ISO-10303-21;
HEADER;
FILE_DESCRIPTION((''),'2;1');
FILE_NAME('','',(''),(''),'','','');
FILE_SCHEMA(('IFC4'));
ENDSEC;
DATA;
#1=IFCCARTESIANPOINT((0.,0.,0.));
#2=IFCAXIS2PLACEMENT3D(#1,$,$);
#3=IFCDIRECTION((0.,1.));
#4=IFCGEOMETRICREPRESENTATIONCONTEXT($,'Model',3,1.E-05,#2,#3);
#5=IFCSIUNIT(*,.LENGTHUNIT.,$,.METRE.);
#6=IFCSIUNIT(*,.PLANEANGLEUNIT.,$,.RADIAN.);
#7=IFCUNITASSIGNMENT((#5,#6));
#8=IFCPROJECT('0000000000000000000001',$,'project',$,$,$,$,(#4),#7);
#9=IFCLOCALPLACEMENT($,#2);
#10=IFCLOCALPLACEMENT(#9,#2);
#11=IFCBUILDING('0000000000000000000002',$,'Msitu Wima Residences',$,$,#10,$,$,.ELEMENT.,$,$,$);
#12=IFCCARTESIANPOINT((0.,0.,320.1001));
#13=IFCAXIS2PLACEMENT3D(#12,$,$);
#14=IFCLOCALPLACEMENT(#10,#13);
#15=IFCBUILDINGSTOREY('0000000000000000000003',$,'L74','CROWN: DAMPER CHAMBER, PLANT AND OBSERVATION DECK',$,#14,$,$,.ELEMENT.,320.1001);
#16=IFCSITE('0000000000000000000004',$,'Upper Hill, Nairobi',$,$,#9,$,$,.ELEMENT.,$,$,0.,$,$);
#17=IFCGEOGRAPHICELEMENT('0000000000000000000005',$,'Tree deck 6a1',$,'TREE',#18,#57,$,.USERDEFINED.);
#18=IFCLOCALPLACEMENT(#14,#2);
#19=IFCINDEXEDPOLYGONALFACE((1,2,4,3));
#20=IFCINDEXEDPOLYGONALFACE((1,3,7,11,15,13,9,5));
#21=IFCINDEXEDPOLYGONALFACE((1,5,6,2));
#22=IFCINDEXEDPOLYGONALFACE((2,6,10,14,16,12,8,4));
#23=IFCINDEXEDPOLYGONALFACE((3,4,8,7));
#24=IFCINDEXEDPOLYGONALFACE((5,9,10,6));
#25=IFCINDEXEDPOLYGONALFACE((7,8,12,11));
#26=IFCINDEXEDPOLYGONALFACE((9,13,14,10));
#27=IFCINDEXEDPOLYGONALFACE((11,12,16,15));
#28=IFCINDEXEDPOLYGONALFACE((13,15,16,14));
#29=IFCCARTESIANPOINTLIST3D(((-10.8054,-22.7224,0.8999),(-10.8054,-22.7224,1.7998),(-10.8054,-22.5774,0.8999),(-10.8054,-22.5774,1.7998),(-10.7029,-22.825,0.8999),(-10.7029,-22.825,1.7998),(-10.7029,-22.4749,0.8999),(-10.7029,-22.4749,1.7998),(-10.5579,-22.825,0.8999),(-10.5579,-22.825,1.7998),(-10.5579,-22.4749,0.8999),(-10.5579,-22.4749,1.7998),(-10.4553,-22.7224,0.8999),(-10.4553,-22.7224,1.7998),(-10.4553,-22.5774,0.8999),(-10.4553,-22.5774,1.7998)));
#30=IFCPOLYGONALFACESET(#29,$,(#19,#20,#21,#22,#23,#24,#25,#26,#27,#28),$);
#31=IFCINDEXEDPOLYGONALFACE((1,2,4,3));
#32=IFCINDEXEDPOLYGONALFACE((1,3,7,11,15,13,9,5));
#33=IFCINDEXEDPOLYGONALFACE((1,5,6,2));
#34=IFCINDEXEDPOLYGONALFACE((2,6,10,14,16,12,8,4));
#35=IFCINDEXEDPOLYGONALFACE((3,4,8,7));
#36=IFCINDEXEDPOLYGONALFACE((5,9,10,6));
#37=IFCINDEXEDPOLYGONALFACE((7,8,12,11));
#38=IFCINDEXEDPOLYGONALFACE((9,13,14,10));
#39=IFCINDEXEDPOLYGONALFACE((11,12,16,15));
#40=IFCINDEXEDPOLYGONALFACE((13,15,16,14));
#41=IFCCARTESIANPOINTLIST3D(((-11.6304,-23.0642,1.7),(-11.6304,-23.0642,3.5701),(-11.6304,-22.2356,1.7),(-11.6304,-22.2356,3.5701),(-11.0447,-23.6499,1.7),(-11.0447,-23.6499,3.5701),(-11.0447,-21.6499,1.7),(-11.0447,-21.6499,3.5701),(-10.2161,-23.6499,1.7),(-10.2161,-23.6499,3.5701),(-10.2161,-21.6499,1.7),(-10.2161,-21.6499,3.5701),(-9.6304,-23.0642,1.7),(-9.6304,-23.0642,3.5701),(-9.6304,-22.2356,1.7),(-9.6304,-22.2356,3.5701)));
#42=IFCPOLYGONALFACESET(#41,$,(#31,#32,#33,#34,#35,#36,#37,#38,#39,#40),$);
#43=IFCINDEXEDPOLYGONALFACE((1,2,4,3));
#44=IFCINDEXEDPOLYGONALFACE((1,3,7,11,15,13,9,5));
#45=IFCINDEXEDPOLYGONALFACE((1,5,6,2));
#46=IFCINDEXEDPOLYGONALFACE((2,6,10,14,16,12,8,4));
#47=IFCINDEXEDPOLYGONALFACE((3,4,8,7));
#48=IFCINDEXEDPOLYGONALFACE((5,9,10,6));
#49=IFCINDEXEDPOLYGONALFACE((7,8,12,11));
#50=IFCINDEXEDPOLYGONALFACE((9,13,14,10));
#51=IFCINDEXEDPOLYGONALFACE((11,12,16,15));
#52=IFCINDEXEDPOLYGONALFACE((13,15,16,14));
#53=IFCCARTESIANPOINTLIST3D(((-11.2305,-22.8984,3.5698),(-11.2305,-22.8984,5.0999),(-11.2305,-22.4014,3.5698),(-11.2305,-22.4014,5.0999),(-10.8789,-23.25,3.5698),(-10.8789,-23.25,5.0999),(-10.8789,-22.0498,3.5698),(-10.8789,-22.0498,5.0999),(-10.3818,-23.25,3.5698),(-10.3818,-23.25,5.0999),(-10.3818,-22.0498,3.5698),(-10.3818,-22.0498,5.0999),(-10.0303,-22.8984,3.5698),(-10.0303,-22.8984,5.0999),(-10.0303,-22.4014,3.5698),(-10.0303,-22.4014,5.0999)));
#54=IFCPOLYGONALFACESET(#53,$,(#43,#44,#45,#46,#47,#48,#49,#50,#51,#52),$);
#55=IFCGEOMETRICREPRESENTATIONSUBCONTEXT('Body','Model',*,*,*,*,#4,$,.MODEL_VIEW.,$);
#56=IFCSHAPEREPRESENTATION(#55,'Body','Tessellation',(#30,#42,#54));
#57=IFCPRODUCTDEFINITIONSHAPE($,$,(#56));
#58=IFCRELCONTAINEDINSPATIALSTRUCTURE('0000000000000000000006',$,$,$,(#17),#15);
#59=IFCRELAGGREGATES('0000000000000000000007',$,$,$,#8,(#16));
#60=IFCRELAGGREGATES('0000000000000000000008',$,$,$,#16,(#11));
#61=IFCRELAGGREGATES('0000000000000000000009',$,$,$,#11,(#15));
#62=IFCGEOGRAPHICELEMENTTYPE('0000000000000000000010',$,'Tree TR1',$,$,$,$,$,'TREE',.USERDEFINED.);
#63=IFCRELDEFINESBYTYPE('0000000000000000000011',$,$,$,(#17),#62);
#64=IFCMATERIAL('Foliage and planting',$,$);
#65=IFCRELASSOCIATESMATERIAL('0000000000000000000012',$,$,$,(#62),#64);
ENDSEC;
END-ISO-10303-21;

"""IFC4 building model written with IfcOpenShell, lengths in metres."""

from ifc_helpers import new_model, si_unit, direction, frame, origin, place, context, subcontext, project, spatial, polyline, outline, extrude, material, type_object, element, save


model = new_model("IFC4")

# Units and contexts
model_context = context("Model", 3, precision=1e-05, world=origin(), true_north=direction((0.0, 1.0)))
body_context = subcontext(model_context, "Body", "Model", "MODEL_VIEW")
ifc_project = project(units=[si_unit("LENGTHUNIT", "METRE"), si_unit("PLANEANGLEUNIT", "RADIAN")], contexts=[model_context])

# Site, building, storey
site_placement = place(None, origin())
site = spatial("IfcSite", under=ifc_project, at=site_placement, Name="Upper Hill, Nairobi", CompositionType="ELEMENT", RefElevation=0.0)
building_placement = place(site_placement, origin())
building = spatial("IfcBuilding", under=site, at=building_placement, Name="Msitu Wima Residences", CompositionType="ELEMENT")
storey_placement = place(building_placement, frame((0.0, 0.0, 320.1001)))
storey = spatial("IfcBuildingStorey", under=building, at=storey_placement, Name="L74", Description="CROWN: DAMPER CHAMBER, PLANT AND OBSERVATION DECK", CompositionType="ELEMENT", Elevation=320.1001)

# Geographic element
ifc_material_1 = material(Name="Foliage and planting")
geographic_element_type = type_object("IfcGeographicElementType", Name="Tree TR1", ElementType="TREE", PredefinedType="USERDEFINED", material=ifc_material_1)
geographic_element_placement = place(storey_placement, frame((-10.6304, -22.6499, 0.8999), z_axis=(0.0, 0.0, 1.0), x_axis=(1.0, 0.0, 0.0)))
element("IfcGeographicElement", 1, at=geographic_element_placement, inside=storey, type_object=geographic_element_type, Name="Tree deck 6a1", ObjectType="TREE", PredefinedType="USERDEFINED", context=body_context, shape_type="SweptSolid", body=[
    extrude(outline(polyline([(0.175, 0.0725), (0.0725, 0.175), (-0.0725, 0.175), (-0.175, 0.0725), (-0.175, -0.0725), (-0.0725, -0.175), (0.0725, -0.175), (0.175, -0.0725), (0.175, 0.0725)])), origin(), (0.0, 0.0, 1.0), 0.8999),
    extrude(outline(polyline([(1.0, 0.4143), (0.4143, 1.0), (-0.4143, 1.0), (-1.0, 0.4143), (-1.0, -0.4143), (-0.4143, -1.0), (0.4143, -1.0), (1.0, -0.4143), (1.0, 0.4143)])), frame((0.0, 0.0, 0.8)), (0.0, 0.0, 1.0), 1.8701),
    extrude(outline(polyline([(0.6001, 0.2485), (0.2485, 0.6001), (-0.2485, 0.6001), (-0.6001, 0.2485), (-0.6001, -0.2485), (-0.2485, -0.6001), (0.2485, -0.6001), (0.6001, -0.2485), (0.6001, 0.2485)])), frame((0.0, 0.0, 2.6699)), (0.0, 0.0, 1.0), 1.53),
])

save(model, "model.ifc")
